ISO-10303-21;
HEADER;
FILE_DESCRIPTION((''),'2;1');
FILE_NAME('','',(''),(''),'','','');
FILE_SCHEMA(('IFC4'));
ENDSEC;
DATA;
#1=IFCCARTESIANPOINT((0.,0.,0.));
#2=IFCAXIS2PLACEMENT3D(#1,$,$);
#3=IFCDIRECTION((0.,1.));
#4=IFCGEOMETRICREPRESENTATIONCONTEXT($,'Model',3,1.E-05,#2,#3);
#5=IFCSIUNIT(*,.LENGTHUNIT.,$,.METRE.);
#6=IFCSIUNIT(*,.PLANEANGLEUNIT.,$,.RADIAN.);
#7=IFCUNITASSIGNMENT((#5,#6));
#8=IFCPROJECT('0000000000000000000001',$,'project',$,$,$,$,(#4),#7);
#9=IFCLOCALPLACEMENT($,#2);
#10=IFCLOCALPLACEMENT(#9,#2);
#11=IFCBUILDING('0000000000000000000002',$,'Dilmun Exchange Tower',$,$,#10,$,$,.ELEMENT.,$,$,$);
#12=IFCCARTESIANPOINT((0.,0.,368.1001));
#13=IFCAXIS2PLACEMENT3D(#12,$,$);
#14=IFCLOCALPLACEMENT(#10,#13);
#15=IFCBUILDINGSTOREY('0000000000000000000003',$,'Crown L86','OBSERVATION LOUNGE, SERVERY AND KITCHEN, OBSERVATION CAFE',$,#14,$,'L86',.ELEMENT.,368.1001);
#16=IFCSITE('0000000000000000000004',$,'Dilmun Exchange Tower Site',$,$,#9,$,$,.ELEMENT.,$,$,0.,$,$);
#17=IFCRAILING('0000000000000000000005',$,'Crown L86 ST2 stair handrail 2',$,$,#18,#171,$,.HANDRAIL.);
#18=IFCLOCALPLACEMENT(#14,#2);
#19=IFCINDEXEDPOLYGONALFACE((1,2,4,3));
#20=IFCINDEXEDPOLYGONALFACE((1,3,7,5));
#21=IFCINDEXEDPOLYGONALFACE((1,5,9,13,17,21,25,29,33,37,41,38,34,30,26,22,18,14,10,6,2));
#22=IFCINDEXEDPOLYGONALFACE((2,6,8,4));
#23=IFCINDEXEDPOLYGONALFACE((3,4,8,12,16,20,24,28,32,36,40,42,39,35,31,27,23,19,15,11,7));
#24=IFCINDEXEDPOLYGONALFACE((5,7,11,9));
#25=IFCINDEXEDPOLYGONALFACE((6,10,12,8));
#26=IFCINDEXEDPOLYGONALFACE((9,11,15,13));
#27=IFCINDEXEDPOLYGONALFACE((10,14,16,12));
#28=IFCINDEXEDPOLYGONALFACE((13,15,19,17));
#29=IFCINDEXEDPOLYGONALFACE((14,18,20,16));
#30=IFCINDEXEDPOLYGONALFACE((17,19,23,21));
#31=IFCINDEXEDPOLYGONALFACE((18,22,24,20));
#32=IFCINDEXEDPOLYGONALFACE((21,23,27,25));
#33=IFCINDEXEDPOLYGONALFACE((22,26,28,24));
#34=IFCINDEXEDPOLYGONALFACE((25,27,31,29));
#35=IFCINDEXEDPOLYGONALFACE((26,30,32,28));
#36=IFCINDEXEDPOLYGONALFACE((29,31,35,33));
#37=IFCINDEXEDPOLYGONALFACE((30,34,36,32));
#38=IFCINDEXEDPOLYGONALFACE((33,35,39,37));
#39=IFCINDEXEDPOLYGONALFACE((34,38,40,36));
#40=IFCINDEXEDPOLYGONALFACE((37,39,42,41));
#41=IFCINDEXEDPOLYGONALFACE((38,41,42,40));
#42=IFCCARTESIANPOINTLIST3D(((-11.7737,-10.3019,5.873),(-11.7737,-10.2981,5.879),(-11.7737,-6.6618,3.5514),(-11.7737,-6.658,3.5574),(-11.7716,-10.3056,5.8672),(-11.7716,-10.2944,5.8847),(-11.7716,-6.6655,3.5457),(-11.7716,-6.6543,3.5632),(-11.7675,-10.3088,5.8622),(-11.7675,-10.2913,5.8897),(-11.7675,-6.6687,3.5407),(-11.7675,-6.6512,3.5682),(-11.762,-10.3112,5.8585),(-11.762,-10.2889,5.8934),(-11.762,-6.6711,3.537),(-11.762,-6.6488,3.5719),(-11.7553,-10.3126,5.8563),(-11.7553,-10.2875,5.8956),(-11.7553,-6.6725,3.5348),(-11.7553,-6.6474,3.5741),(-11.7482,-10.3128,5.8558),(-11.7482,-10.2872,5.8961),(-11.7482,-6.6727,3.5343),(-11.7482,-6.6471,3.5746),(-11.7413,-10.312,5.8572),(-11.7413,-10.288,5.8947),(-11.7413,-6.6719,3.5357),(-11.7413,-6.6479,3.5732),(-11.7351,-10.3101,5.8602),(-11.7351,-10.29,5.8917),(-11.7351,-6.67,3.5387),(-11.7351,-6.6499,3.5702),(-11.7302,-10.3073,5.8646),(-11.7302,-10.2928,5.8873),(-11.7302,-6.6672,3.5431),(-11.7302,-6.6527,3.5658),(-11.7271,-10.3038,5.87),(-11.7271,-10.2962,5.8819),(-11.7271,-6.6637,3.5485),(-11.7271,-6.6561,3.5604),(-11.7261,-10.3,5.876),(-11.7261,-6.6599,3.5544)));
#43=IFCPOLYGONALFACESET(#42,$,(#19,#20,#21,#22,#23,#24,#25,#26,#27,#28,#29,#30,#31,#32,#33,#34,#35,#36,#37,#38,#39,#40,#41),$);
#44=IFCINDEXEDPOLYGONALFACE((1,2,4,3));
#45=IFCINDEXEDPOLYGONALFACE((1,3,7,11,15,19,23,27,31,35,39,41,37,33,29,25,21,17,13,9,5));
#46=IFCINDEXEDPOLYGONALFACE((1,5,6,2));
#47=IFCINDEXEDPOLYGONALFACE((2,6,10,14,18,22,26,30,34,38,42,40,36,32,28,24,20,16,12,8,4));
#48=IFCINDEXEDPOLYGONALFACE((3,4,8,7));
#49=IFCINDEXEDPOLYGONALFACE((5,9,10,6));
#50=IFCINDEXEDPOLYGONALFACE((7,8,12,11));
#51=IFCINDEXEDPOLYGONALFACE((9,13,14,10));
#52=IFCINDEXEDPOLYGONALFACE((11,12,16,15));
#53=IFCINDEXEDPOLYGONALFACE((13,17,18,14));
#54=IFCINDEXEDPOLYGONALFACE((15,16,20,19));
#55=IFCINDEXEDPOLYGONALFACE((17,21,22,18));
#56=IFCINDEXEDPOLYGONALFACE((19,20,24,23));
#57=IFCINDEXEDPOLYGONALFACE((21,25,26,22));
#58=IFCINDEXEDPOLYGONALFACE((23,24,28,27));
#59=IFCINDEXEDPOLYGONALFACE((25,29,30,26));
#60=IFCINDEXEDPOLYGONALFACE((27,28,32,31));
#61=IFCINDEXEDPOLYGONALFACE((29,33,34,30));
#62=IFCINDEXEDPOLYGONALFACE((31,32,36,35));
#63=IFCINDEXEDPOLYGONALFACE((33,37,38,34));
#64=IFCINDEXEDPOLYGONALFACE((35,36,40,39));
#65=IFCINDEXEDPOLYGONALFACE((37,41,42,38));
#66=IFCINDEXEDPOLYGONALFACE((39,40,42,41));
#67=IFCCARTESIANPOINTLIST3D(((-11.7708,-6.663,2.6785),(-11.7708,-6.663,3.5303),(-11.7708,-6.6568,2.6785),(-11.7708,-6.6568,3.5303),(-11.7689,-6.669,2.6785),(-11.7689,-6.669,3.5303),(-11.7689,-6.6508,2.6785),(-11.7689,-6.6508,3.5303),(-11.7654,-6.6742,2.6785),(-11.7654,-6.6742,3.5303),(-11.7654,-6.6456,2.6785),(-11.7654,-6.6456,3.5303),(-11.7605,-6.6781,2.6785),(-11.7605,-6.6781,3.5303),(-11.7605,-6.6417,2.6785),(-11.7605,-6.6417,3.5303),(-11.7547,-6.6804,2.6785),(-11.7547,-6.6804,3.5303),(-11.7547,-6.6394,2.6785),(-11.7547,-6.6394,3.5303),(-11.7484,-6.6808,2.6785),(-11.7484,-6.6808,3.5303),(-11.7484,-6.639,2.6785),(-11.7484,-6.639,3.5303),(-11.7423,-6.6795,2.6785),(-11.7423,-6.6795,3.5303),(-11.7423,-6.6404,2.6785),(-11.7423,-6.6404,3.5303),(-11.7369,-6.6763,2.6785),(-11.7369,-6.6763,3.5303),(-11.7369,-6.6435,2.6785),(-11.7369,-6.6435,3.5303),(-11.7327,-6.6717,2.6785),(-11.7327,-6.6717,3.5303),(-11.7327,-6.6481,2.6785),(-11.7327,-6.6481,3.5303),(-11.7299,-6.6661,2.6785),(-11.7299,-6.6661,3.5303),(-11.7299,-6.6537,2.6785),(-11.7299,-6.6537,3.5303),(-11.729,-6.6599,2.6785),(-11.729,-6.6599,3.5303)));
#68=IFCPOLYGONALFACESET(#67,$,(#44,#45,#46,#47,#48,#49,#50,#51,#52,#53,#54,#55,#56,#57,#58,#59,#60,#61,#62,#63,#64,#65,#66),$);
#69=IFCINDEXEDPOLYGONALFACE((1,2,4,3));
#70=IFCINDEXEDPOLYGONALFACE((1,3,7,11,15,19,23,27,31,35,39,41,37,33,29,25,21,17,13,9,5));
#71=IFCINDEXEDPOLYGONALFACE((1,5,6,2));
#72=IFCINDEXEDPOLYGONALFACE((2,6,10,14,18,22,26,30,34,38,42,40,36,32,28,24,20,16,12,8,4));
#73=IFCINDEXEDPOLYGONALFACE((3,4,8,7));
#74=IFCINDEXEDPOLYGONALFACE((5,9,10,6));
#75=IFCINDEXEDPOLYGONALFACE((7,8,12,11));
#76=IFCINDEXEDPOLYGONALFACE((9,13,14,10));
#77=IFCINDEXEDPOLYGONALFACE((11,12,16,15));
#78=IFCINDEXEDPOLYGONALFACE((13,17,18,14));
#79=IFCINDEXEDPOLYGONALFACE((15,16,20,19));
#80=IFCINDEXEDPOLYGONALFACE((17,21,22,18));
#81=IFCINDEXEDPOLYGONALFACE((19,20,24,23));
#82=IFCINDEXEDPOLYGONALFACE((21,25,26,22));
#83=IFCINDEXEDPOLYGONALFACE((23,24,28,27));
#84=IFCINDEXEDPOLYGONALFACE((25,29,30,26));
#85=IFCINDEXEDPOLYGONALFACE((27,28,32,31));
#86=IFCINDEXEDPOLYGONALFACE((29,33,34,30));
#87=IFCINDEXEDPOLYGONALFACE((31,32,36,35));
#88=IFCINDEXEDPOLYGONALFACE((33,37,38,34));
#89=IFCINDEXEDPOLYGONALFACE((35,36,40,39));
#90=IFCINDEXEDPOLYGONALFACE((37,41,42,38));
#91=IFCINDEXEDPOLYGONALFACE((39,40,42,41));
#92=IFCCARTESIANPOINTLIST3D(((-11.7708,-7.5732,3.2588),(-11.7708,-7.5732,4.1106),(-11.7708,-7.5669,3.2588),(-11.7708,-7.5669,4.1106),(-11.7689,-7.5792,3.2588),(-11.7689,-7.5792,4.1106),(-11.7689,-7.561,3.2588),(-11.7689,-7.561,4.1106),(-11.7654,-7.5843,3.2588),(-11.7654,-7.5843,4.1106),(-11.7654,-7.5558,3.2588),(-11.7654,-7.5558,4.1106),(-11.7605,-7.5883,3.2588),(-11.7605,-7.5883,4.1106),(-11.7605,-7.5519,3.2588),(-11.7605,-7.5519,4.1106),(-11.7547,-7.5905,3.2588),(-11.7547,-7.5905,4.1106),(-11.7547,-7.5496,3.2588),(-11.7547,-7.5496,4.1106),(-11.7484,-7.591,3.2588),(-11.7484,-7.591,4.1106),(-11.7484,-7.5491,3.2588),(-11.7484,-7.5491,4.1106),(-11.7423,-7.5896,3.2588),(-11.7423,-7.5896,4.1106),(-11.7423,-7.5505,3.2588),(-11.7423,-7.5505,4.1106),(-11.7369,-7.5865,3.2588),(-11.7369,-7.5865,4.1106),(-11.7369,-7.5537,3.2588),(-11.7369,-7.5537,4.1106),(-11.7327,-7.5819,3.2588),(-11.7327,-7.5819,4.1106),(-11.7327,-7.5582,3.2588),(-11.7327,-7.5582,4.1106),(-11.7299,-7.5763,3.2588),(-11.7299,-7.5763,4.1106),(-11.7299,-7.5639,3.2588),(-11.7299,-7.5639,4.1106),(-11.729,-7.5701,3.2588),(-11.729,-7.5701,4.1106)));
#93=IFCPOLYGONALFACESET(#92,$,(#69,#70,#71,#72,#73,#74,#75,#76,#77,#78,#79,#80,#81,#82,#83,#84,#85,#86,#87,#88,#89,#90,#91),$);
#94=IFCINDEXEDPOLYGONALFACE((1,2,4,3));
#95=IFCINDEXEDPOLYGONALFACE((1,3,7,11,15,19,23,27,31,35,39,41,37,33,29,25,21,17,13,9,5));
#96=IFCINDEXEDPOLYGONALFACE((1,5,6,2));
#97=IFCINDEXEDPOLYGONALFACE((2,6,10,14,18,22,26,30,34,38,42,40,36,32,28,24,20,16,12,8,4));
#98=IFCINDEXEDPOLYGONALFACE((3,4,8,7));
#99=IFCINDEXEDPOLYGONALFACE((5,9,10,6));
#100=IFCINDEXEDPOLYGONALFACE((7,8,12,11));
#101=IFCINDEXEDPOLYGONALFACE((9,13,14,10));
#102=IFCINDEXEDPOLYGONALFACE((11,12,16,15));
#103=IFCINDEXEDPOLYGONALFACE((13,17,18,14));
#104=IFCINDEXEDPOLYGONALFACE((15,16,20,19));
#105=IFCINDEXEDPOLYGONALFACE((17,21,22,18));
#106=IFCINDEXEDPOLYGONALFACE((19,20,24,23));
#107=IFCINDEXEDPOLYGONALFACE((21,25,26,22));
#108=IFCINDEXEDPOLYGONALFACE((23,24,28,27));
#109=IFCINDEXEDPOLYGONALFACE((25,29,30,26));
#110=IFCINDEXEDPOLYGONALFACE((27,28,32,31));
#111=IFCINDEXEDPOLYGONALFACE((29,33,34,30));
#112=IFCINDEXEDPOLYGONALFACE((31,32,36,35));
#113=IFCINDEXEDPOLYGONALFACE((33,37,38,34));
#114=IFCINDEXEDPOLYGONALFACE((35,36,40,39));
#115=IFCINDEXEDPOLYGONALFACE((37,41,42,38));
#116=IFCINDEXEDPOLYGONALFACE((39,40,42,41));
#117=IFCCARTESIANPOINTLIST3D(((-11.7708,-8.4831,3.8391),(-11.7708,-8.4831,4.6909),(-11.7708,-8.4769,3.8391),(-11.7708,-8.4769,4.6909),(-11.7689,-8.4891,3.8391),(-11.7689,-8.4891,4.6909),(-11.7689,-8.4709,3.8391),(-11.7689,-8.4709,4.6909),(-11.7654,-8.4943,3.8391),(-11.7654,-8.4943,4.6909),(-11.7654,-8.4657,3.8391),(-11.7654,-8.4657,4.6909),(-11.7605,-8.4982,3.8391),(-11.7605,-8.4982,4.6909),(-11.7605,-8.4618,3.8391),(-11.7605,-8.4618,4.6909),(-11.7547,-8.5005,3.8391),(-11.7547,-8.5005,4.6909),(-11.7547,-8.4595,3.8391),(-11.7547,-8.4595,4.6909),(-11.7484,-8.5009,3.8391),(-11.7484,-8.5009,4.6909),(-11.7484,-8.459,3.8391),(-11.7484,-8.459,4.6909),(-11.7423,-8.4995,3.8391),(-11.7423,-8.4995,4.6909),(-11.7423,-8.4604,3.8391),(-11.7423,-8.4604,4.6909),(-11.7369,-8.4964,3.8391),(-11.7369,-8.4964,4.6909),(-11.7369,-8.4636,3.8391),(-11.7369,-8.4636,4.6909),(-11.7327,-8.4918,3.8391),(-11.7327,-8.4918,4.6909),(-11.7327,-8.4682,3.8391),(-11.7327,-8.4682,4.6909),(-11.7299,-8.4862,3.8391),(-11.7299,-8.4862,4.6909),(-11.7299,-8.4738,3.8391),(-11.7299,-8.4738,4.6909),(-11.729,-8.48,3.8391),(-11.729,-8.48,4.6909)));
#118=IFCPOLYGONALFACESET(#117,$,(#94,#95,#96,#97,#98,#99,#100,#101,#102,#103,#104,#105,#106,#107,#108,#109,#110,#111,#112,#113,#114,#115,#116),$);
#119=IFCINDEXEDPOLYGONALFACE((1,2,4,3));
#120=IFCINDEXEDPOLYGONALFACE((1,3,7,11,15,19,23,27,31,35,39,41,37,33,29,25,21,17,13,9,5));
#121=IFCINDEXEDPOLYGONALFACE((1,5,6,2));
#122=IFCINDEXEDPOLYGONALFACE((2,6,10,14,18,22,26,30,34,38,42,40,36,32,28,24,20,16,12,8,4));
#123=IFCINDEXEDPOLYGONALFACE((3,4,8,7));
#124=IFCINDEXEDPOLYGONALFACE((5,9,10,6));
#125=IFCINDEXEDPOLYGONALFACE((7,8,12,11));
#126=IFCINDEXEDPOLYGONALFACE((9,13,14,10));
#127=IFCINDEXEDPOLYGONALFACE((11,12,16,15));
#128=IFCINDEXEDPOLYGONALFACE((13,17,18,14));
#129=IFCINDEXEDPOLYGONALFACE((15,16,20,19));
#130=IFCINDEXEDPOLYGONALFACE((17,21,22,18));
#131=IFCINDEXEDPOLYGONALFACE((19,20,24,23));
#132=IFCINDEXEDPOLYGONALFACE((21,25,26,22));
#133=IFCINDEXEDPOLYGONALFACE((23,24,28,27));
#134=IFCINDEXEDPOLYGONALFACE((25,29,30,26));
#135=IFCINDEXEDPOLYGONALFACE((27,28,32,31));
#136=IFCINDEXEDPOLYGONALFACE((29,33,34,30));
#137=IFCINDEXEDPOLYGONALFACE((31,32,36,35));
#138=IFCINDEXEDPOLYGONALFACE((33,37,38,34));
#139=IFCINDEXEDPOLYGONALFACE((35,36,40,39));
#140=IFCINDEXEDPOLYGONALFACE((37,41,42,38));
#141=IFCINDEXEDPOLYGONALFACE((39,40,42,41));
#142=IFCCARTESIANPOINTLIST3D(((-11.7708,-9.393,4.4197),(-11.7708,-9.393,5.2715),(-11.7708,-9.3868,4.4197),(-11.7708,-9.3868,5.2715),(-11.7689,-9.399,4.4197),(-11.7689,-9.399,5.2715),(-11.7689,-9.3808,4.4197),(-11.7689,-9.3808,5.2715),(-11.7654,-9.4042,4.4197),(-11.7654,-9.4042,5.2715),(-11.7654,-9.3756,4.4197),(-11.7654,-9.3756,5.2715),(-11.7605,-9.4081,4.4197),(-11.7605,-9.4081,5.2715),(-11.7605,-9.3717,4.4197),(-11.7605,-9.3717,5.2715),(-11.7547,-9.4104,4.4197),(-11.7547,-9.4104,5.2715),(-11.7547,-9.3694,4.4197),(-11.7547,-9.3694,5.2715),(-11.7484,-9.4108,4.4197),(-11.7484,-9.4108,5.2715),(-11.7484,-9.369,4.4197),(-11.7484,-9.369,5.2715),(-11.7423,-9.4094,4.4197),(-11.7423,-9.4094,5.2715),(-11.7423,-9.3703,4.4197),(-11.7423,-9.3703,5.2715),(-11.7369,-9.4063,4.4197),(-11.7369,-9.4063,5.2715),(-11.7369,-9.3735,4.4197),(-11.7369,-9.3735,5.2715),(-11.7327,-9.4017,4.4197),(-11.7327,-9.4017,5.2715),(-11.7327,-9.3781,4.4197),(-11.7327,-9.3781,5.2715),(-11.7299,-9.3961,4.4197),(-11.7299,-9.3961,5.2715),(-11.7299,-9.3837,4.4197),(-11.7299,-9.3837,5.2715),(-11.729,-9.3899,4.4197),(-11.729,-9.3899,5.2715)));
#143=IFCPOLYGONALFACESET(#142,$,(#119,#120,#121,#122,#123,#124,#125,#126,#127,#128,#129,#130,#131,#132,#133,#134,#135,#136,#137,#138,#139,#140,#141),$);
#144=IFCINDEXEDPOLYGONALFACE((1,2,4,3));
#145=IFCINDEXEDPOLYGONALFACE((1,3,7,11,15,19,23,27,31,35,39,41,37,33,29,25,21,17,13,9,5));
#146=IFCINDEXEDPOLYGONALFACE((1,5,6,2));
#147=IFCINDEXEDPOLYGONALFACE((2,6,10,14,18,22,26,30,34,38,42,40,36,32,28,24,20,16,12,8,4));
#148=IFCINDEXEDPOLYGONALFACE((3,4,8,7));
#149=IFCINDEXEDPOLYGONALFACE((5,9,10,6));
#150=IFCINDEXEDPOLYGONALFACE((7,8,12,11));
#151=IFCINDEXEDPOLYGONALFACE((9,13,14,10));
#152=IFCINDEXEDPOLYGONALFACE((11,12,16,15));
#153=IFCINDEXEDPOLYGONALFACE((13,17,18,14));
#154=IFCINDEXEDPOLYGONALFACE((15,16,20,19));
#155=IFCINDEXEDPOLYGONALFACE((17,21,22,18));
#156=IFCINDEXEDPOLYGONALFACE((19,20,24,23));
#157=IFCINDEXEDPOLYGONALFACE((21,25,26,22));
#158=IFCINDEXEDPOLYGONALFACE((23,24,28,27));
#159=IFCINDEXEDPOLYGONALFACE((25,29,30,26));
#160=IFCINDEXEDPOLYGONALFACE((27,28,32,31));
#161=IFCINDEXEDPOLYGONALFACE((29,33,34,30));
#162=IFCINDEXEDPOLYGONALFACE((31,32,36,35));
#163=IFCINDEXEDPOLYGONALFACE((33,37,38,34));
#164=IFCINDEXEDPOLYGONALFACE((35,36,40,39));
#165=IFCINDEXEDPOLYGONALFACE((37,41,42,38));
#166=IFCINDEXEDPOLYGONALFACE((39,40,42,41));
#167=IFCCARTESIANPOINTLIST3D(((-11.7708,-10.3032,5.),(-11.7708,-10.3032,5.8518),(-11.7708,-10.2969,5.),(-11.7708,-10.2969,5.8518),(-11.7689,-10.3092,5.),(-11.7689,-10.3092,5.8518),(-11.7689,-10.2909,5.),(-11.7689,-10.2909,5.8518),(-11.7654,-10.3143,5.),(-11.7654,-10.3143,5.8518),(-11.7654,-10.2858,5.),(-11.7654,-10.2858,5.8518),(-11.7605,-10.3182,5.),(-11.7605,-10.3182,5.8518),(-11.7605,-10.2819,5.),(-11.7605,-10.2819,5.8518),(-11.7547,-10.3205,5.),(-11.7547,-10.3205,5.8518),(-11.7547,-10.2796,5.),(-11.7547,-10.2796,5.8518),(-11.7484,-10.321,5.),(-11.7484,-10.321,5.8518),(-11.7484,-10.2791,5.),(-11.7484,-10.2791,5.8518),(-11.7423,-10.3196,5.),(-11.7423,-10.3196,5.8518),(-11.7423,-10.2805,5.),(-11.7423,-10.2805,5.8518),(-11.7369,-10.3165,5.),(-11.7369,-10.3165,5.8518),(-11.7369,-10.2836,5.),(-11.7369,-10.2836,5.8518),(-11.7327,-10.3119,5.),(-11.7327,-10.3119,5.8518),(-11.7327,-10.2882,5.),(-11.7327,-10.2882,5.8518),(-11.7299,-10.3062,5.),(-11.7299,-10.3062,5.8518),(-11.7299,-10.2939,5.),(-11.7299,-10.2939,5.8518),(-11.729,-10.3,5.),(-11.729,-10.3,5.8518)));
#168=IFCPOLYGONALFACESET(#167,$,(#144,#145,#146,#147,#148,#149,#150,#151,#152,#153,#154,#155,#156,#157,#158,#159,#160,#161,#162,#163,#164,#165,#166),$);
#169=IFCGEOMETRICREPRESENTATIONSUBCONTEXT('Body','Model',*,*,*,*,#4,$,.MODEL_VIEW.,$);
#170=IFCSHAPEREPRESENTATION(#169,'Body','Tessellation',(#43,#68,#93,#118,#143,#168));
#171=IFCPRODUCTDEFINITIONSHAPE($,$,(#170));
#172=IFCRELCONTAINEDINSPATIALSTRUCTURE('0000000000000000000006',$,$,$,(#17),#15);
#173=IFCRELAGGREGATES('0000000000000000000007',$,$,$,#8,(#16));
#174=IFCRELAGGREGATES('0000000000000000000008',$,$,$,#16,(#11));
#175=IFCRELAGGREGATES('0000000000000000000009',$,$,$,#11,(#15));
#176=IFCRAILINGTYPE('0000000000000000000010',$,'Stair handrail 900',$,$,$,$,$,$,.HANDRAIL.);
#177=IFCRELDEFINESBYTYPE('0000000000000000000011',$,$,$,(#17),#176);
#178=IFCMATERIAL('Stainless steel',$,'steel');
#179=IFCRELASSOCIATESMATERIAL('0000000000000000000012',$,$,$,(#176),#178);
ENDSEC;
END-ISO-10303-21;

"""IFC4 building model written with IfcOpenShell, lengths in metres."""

from ifc_helpers import new_model, si_unit, direction, frame, origin, origin_2d, place, context, subcontext, project, spatial, circle, extrude, material, type_object, element, save


model = new_model("IFC4")

# Units and contexts
model_context = context("Model", 3, precision=1e-05, world=origin(), true_north=direction((0.0, 1.0)))
body_context = subcontext(model_context, "Body", "Model", "MODEL_VIEW")
ifc_project = project(units=[si_unit("LENGTHUNIT", "METRE"), si_unit("PLANEANGLEUNIT", "RADIAN")], contexts=[model_context])

# Site, building, storey
site_placement = place(None, origin())
site = spatial("IfcSite", under=ifc_project, at=site_placement, Name="Dilmun Exchange Tower Site", CompositionType="ELEMENT", RefElevation=0.0)
building_placement = place(site_placement, origin())
building = spatial("IfcBuilding", under=site, at=building_placement, Name="Dilmun Exchange Tower", CompositionType="ELEMENT")
storey_placement = place(building_placement, frame((0.0, 0.0, 368.1001)))
storey = spatial("IfcBuildingStorey", under=building, at=storey_placement, Name="Crown L86", Description="OBSERVATION LOUNGE, SERVERY AND KITCHEN, OBSERVATION CAFE", LongName="L86", CompositionType="ELEMENT", Elevation=368.1001)

# Railing
ifc_material_1 = material(Name="Stainless steel", Category="steel")
railing_type = type_object("IfcRailingType", Name="Stair handrail 900", PredefinedType="HANDRAIL", material=ifc_material_1)
railing_1_placement = place(storey_placement, frame((-11.75, -6.6599, 2.6785)))
element("IfcRailing", 1, at=railing_1_placement, inside=storey, type_object=railing_type, Name="Crown L86 ST2 stair handrail 2", PredefinedType="HANDRAIL", context=body_context, shape_type="SweptSolid", body=[
    extrude(circle(Radius=0.0239, at=origin_2d()), frame((0.0, 0.0, 0.876), z_axis=(0.0, -0.843128, 0.537713), x_axis=(1.0, 0.0, 0.0)), (0.0, 0.0, 1.0), 4.3174),
    extrude(circle(Radius=0.021, at=origin_2d()), origin(), (0.0, 0.0, 1.0), 0.8518),
    extrude(circle(Radius=0.021, at=origin_2d()), frame((0.0, -0.9102, 0.5803)), (0.0, 0.0, 1.0), 0.8518),
    extrude(circle(Radius=0.021, at=origin_2d()), frame((0.0, -1.8201, 1.1606)), (0.0, 0.0, 1.0), 0.8518),
    extrude(circle(Radius=0.021, at=origin_2d()), frame((0.0, -2.73, 1.7412)), (0.0, 0.0, 1.0), 0.8518),
    extrude(circle(Radius=0.021, at=origin_2d()), frame((0.0, -3.6401, 2.3215)), (0.0, 0.0, 1.0), 0.8518),
])

save(model, "model.ifc")
